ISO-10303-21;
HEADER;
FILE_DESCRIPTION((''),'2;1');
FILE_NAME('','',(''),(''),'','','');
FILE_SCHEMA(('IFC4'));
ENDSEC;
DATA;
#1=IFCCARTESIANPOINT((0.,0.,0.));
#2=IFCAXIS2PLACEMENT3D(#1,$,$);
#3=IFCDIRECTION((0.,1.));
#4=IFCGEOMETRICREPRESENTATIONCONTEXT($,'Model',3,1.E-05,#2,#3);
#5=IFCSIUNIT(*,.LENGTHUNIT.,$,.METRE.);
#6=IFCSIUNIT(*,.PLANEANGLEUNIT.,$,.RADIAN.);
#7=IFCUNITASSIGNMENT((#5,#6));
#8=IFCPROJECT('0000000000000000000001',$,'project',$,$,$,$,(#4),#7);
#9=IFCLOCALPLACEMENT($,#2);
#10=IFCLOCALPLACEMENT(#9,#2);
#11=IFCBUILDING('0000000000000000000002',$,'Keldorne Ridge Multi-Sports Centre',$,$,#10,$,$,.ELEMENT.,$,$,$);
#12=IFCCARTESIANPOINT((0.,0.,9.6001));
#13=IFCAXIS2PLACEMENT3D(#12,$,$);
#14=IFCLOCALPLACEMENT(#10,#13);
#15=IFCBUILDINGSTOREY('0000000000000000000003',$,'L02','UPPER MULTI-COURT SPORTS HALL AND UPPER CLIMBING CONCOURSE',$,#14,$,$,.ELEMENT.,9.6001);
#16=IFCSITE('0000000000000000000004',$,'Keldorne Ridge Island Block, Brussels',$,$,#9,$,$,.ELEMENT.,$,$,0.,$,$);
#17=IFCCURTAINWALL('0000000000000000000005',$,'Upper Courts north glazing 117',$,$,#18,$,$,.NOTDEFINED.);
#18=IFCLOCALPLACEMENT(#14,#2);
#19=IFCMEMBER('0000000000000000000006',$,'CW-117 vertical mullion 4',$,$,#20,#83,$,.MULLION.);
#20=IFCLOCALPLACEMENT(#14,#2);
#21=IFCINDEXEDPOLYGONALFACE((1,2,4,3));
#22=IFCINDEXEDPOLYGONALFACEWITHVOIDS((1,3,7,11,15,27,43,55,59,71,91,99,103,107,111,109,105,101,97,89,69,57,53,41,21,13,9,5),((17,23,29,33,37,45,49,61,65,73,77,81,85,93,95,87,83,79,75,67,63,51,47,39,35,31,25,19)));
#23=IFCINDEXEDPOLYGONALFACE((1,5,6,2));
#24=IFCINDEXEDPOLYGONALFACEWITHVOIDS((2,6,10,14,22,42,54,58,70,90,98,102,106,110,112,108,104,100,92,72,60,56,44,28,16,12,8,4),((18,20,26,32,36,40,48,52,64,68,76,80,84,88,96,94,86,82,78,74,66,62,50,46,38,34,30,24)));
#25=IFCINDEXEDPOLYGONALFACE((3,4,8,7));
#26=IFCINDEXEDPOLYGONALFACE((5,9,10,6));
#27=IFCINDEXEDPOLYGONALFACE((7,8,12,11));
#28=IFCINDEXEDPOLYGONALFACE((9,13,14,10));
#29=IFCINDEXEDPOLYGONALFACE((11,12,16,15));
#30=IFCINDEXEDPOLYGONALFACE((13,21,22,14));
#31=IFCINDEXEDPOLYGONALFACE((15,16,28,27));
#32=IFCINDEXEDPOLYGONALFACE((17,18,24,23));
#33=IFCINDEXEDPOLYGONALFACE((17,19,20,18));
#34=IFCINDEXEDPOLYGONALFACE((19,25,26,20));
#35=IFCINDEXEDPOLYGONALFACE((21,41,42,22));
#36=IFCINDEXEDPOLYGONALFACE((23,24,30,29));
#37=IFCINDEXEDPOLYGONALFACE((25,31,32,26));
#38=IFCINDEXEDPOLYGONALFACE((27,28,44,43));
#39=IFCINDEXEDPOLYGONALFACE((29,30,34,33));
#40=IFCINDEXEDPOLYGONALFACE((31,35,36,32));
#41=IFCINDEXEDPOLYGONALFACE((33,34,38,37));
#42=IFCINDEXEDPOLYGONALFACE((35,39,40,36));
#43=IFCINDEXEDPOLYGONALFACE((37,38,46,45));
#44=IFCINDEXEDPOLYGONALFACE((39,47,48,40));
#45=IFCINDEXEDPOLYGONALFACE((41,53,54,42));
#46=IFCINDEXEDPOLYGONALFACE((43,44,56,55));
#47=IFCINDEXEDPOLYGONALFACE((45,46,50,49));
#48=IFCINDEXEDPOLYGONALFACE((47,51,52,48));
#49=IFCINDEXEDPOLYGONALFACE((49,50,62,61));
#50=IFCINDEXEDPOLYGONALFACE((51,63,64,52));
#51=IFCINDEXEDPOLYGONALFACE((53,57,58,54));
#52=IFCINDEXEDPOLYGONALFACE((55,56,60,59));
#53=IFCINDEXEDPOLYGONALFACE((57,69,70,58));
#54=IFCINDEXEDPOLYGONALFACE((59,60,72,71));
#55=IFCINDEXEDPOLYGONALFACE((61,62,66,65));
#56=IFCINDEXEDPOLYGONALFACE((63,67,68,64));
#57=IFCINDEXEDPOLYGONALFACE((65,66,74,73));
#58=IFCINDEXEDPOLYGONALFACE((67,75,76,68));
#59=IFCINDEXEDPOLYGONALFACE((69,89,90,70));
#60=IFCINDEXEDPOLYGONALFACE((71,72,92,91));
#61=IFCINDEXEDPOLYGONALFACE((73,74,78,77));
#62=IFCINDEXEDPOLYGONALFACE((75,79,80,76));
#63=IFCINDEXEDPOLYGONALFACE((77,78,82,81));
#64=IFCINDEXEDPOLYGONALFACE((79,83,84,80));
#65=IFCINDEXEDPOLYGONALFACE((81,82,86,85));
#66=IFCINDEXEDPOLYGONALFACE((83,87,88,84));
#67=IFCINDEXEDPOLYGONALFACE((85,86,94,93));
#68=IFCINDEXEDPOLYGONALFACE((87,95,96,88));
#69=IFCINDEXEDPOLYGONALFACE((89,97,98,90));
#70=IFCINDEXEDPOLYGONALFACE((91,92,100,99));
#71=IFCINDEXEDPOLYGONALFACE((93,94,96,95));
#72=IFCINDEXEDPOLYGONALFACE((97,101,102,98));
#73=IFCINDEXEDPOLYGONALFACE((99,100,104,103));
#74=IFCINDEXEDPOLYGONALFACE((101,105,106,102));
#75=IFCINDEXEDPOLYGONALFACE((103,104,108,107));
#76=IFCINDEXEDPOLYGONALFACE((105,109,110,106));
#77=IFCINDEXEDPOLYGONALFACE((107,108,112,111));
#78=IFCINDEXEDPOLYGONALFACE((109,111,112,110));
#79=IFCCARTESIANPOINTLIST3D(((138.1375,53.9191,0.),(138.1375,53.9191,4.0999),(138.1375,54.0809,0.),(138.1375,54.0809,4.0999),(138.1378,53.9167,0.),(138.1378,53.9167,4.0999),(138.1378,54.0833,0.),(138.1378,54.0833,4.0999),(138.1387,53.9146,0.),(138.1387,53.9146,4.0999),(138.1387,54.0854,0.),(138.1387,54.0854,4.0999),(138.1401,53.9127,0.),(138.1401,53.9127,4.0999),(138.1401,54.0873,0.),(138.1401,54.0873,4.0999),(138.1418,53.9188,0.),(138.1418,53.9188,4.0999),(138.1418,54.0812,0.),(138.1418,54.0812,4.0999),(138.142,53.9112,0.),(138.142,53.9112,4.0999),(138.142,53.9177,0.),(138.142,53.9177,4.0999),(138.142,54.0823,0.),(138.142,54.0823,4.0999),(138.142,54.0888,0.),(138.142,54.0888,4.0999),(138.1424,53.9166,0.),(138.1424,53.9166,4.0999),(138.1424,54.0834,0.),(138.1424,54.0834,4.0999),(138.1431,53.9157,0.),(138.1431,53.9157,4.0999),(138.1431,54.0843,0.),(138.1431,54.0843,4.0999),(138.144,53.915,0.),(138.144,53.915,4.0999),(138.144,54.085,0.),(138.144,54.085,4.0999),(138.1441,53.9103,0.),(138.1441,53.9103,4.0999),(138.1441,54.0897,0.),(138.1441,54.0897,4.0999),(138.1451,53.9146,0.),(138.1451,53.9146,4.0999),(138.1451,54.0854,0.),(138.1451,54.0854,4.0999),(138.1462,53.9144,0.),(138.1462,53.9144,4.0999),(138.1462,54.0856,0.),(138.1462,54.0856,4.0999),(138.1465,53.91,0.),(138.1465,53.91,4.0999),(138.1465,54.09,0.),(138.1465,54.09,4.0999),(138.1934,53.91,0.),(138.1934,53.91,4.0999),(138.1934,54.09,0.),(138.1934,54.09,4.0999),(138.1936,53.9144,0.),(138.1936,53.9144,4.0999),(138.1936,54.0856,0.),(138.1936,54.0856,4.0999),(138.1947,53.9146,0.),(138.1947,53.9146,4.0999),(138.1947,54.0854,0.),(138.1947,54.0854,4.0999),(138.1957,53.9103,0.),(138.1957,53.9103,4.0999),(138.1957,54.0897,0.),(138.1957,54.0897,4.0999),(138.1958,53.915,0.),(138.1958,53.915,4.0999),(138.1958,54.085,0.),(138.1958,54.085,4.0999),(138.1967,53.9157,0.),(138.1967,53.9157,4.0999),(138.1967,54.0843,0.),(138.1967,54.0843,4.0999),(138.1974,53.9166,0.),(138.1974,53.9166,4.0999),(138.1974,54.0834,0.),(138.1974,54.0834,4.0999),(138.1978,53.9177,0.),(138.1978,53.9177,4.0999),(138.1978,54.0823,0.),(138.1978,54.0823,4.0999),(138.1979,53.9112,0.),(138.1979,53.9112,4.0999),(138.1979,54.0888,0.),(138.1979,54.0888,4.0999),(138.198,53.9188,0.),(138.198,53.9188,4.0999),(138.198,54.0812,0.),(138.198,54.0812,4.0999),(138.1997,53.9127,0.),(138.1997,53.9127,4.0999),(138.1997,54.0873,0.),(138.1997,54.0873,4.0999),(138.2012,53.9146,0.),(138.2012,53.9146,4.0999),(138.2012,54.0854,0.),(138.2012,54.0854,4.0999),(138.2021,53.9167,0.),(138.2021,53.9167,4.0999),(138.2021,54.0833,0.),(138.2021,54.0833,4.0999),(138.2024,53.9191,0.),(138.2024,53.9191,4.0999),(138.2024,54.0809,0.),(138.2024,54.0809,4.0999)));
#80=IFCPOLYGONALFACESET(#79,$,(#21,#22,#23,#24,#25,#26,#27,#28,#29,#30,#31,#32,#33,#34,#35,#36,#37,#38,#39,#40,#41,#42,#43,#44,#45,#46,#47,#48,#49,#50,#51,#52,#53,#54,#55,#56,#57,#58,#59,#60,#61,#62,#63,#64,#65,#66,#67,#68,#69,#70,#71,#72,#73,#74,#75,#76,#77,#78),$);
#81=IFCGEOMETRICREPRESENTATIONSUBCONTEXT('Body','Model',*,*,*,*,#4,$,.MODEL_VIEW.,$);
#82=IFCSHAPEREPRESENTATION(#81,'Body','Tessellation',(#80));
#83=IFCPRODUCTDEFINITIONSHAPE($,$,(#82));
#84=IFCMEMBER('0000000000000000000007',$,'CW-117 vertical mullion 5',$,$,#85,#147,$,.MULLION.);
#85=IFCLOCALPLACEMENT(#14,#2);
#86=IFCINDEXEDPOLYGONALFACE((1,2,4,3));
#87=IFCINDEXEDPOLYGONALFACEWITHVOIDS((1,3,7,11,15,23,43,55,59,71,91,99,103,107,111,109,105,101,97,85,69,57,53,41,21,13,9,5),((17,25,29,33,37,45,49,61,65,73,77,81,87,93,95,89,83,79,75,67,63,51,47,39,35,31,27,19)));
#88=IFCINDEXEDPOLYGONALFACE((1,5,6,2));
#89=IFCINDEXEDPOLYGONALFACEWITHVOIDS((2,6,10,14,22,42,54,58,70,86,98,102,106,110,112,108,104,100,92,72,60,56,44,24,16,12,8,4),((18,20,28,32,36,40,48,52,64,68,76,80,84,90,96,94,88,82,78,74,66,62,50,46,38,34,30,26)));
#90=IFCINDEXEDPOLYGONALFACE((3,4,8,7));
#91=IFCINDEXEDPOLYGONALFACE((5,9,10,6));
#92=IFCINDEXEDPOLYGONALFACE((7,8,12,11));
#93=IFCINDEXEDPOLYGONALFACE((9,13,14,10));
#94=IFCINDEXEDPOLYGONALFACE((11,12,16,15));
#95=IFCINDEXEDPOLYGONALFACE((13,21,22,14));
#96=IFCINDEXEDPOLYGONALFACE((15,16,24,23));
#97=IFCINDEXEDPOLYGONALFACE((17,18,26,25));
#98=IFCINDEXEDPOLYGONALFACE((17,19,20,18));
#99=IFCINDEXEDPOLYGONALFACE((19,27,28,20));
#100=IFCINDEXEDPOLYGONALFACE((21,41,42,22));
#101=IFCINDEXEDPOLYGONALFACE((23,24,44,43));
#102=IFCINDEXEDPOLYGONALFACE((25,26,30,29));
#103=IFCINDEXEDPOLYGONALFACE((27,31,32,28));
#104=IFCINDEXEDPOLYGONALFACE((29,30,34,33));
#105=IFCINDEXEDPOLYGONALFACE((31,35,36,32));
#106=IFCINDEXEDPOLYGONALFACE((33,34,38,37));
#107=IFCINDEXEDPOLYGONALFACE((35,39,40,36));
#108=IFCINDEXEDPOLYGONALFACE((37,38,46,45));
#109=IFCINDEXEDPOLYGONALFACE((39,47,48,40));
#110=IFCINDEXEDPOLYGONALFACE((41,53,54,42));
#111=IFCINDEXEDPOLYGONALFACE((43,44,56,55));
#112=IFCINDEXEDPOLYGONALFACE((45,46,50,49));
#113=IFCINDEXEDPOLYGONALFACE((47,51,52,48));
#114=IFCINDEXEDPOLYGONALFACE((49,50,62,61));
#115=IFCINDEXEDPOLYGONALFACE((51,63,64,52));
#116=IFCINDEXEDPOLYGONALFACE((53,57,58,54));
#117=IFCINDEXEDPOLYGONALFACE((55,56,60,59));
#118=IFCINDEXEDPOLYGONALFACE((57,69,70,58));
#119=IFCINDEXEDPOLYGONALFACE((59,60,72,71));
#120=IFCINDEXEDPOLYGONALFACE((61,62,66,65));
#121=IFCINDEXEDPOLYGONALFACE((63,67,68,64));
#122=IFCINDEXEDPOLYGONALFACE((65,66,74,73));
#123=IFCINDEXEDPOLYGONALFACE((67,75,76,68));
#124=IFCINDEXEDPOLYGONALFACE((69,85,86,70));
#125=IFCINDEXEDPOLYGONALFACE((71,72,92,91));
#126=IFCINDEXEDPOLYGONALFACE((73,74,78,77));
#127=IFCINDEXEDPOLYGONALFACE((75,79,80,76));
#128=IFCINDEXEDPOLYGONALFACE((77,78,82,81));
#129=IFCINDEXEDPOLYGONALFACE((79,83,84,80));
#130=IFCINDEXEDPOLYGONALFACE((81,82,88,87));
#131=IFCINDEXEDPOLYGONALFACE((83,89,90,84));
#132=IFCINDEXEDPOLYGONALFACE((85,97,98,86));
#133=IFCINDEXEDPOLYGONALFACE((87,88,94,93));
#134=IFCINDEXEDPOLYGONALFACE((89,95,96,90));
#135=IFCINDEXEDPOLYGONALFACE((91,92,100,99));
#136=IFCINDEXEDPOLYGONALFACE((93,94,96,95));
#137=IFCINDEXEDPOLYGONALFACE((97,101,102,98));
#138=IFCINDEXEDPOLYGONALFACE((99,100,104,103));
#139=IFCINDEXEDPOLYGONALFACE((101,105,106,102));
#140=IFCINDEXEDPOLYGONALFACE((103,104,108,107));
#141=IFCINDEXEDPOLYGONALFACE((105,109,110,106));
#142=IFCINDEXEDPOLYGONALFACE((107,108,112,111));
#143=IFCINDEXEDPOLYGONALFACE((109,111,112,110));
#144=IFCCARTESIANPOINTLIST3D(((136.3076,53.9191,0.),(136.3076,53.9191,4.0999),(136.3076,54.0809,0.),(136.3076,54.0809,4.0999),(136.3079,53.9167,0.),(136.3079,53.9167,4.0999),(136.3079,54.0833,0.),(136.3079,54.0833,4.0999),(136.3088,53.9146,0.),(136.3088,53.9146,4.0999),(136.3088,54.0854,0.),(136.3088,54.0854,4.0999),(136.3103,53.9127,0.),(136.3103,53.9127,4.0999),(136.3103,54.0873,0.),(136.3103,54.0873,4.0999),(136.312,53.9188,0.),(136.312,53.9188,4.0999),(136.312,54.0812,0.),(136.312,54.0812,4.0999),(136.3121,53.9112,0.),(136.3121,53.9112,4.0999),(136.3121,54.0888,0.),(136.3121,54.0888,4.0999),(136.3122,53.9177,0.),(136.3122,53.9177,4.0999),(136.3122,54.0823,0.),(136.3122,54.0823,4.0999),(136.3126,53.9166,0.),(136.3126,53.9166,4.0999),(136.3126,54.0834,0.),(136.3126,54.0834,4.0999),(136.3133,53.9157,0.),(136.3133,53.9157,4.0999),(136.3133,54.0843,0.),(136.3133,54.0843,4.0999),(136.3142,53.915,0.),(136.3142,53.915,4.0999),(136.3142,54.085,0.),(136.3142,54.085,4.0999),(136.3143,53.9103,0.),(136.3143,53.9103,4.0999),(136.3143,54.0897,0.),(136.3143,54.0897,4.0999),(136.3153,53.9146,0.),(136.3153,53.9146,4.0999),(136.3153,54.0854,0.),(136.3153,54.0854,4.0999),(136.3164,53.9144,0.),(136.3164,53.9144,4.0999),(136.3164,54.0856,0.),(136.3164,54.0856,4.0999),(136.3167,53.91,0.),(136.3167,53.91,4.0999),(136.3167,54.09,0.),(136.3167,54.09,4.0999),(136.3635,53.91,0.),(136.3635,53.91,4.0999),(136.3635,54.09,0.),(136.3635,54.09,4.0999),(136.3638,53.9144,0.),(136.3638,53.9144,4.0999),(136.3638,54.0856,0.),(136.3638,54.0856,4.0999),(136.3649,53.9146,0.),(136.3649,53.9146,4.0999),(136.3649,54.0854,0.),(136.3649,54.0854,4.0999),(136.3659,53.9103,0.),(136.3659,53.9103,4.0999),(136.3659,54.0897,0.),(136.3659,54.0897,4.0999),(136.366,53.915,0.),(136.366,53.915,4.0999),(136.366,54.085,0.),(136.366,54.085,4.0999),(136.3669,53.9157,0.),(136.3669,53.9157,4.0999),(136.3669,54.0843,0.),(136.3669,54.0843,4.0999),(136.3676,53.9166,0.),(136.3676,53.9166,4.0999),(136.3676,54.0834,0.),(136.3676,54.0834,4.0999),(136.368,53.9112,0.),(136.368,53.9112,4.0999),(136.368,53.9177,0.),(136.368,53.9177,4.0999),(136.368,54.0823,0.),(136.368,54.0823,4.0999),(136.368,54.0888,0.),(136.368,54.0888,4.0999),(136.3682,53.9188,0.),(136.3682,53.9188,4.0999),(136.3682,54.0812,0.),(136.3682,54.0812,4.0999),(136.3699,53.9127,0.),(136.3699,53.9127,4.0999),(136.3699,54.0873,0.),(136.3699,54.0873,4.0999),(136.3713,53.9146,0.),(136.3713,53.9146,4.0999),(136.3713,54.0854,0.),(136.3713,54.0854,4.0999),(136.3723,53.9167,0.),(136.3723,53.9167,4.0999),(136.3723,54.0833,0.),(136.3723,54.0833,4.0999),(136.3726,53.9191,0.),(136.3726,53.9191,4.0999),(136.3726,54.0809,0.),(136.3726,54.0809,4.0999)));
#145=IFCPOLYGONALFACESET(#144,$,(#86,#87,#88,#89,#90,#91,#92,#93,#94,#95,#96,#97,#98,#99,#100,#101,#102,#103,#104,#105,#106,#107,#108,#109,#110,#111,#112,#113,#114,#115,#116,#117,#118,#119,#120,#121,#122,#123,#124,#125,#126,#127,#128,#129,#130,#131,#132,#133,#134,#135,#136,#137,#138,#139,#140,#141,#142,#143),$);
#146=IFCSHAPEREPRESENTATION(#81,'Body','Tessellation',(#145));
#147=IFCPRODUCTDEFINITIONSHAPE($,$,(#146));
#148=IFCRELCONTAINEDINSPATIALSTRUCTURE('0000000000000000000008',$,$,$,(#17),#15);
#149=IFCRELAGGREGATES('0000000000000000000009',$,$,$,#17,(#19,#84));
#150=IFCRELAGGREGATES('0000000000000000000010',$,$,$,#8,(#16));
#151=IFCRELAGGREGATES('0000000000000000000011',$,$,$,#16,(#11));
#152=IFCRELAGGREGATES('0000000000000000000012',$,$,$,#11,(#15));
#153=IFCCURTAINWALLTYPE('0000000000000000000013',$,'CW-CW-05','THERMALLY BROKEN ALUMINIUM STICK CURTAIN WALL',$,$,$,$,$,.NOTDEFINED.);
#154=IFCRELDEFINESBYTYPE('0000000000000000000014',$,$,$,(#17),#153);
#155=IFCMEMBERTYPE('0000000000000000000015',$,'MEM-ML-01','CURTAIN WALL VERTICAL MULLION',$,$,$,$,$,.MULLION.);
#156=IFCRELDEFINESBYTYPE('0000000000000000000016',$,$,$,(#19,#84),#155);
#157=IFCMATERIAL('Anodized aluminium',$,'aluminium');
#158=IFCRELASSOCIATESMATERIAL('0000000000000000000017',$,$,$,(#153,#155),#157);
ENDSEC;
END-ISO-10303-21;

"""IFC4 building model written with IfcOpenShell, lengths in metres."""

from ifc_helpers import new_model, si_unit, direction, frame, origin, origin_2d, place, context, subcontext, project, spatial, hollow_rectangle, extrude, material, material_profile, profile_set, type_object, element, aggregate, save


model = new_model("IFC4")

# Units and contexts
model_context = context("Model", 3, precision=1e-05, world=origin(), true_north=direction((0.0, 1.0)))
body_context = subcontext(model_context, "Body", "Model", "MODEL_VIEW")
ifc_project = project(units=[si_unit("LENGTHUNIT", "METRE"), si_unit("PLANEANGLEUNIT", "RADIAN")], contexts=[model_context])

# Site, building, storey
site_placement = place(None, origin())
site = spatial("IfcSite", under=ifc_project, at=site_placement, Name="Keldorne Ridge Island Block, Brussels", CompositionType="ELEMENT", RefElevation=0.0)
building_placement = place(site_placement, origin())
building = spatial("IfcBuilding", under=site, at=building_placement, Name="Keldorne Ridge Multi-Sports Centre", CompositionType="ELEMENT")
storey_placement = place(building_placement, frame((0.0, 0.0, 9.6001)))
storey = spatial("IfcBuildingStorey", under=building, at=storey_placement, Name="L02", Description="UPPER MULTI-COURT SPORTS HALL AND UPPER CLIMBING CONCOURSE", CompositionType="ELEMENT", Elevation=9.6001)

# Curtain wall, members
ifc_material_1 = material(Name="Anodized aluminium", Category="aluminium")
curtain_wall_type_1 = type_object("IfcCurtainWallType", Name="CW-CW-05", Description="THERMALLY BROKEN ALUMINIUM STICK CURTAIN WALL", PredefinedType="NOTDEFINED", material=ifc_material_1)
curtain_wall_1_placement = place(storey_placement, origin())
curtain_wall_1 = element("IfcCurtainWall", 1, at=curtain_wall_1_placement, inside=storey, type_object=curtain_wall_type_1, Name="Upper Courts north glazing 117", PredefinedType="NOTDEFINED")
ifc_material_profile_1 = material_profile(ifc_material_1, hollow_rectangle(XDim=0.0649, YDim=0.1799, WallThickness=0.0044, InnerFilletRadius=0.0044, OuterFilletRadius=0.009, at=origin_2d()), Name="ALU MULLION 180x65x4.5")
ifc_profile_set_1 = profile_set([ifc_material_profile_1], Name="Anodized aluminium")
member_type_1 = type_object("IfcMemberType", Name="MEM-ML-01", Description="CURTAIN WALL VERTICAL MULLION", PredefinedType="MULLION", material=ifc_profile_set_1)
member_1_placement = place(storey_placement, frame((138.1699, 54.0, 0.0), z_axis=(0.0, 0.0, 1.0), x_axis=(1.0, 0.0, 0.0)))
member_1 = element("IfcMember", 2, at=member_1_placement, type_object=member_type_1, Name="CW-117 vertical mullion 4", PredefinedType="MULLION", context=body_context, shape_type="SweptSolid", body=[
    extrude(hollow_rectangle(XDim=0.0649, YDim=0.1799, WallThickness=0.0044, InnerFilletRadius=0.0044, OuterFilletRadius=0.009, at=origin_2d()), origin(), (0.0, 0.0, 1.0), 4.0999),
])
member_2_placement = place(storey_placement, frame((136.3401, 54.0, 0.0), z_axis=(0.0, 0.0, 1.0), x_axis=(1.0, 0.0, 0.0)))
member_2 = element("IfcMember", 3, at=member_2_placement, type_object=member_type_1, Name="CW-117 vertical mullion 5", PredefinedType="MULLION", context=body_context, shape_type="SweptSolid", body=[
    extrude(hollow_rectangle(XDim=0.0649, YDim=0.1799, WallThickness=0.0044, InnerFilletRadius=0.0044, OuterFilletRadius=0.009, at=origin_2d()), origin(), (0.0, 0.0, 1.0), 4.0999),
])

aggregate(curtain_wall_1, [member_1, member_2])

save(model, "model.ifc")
